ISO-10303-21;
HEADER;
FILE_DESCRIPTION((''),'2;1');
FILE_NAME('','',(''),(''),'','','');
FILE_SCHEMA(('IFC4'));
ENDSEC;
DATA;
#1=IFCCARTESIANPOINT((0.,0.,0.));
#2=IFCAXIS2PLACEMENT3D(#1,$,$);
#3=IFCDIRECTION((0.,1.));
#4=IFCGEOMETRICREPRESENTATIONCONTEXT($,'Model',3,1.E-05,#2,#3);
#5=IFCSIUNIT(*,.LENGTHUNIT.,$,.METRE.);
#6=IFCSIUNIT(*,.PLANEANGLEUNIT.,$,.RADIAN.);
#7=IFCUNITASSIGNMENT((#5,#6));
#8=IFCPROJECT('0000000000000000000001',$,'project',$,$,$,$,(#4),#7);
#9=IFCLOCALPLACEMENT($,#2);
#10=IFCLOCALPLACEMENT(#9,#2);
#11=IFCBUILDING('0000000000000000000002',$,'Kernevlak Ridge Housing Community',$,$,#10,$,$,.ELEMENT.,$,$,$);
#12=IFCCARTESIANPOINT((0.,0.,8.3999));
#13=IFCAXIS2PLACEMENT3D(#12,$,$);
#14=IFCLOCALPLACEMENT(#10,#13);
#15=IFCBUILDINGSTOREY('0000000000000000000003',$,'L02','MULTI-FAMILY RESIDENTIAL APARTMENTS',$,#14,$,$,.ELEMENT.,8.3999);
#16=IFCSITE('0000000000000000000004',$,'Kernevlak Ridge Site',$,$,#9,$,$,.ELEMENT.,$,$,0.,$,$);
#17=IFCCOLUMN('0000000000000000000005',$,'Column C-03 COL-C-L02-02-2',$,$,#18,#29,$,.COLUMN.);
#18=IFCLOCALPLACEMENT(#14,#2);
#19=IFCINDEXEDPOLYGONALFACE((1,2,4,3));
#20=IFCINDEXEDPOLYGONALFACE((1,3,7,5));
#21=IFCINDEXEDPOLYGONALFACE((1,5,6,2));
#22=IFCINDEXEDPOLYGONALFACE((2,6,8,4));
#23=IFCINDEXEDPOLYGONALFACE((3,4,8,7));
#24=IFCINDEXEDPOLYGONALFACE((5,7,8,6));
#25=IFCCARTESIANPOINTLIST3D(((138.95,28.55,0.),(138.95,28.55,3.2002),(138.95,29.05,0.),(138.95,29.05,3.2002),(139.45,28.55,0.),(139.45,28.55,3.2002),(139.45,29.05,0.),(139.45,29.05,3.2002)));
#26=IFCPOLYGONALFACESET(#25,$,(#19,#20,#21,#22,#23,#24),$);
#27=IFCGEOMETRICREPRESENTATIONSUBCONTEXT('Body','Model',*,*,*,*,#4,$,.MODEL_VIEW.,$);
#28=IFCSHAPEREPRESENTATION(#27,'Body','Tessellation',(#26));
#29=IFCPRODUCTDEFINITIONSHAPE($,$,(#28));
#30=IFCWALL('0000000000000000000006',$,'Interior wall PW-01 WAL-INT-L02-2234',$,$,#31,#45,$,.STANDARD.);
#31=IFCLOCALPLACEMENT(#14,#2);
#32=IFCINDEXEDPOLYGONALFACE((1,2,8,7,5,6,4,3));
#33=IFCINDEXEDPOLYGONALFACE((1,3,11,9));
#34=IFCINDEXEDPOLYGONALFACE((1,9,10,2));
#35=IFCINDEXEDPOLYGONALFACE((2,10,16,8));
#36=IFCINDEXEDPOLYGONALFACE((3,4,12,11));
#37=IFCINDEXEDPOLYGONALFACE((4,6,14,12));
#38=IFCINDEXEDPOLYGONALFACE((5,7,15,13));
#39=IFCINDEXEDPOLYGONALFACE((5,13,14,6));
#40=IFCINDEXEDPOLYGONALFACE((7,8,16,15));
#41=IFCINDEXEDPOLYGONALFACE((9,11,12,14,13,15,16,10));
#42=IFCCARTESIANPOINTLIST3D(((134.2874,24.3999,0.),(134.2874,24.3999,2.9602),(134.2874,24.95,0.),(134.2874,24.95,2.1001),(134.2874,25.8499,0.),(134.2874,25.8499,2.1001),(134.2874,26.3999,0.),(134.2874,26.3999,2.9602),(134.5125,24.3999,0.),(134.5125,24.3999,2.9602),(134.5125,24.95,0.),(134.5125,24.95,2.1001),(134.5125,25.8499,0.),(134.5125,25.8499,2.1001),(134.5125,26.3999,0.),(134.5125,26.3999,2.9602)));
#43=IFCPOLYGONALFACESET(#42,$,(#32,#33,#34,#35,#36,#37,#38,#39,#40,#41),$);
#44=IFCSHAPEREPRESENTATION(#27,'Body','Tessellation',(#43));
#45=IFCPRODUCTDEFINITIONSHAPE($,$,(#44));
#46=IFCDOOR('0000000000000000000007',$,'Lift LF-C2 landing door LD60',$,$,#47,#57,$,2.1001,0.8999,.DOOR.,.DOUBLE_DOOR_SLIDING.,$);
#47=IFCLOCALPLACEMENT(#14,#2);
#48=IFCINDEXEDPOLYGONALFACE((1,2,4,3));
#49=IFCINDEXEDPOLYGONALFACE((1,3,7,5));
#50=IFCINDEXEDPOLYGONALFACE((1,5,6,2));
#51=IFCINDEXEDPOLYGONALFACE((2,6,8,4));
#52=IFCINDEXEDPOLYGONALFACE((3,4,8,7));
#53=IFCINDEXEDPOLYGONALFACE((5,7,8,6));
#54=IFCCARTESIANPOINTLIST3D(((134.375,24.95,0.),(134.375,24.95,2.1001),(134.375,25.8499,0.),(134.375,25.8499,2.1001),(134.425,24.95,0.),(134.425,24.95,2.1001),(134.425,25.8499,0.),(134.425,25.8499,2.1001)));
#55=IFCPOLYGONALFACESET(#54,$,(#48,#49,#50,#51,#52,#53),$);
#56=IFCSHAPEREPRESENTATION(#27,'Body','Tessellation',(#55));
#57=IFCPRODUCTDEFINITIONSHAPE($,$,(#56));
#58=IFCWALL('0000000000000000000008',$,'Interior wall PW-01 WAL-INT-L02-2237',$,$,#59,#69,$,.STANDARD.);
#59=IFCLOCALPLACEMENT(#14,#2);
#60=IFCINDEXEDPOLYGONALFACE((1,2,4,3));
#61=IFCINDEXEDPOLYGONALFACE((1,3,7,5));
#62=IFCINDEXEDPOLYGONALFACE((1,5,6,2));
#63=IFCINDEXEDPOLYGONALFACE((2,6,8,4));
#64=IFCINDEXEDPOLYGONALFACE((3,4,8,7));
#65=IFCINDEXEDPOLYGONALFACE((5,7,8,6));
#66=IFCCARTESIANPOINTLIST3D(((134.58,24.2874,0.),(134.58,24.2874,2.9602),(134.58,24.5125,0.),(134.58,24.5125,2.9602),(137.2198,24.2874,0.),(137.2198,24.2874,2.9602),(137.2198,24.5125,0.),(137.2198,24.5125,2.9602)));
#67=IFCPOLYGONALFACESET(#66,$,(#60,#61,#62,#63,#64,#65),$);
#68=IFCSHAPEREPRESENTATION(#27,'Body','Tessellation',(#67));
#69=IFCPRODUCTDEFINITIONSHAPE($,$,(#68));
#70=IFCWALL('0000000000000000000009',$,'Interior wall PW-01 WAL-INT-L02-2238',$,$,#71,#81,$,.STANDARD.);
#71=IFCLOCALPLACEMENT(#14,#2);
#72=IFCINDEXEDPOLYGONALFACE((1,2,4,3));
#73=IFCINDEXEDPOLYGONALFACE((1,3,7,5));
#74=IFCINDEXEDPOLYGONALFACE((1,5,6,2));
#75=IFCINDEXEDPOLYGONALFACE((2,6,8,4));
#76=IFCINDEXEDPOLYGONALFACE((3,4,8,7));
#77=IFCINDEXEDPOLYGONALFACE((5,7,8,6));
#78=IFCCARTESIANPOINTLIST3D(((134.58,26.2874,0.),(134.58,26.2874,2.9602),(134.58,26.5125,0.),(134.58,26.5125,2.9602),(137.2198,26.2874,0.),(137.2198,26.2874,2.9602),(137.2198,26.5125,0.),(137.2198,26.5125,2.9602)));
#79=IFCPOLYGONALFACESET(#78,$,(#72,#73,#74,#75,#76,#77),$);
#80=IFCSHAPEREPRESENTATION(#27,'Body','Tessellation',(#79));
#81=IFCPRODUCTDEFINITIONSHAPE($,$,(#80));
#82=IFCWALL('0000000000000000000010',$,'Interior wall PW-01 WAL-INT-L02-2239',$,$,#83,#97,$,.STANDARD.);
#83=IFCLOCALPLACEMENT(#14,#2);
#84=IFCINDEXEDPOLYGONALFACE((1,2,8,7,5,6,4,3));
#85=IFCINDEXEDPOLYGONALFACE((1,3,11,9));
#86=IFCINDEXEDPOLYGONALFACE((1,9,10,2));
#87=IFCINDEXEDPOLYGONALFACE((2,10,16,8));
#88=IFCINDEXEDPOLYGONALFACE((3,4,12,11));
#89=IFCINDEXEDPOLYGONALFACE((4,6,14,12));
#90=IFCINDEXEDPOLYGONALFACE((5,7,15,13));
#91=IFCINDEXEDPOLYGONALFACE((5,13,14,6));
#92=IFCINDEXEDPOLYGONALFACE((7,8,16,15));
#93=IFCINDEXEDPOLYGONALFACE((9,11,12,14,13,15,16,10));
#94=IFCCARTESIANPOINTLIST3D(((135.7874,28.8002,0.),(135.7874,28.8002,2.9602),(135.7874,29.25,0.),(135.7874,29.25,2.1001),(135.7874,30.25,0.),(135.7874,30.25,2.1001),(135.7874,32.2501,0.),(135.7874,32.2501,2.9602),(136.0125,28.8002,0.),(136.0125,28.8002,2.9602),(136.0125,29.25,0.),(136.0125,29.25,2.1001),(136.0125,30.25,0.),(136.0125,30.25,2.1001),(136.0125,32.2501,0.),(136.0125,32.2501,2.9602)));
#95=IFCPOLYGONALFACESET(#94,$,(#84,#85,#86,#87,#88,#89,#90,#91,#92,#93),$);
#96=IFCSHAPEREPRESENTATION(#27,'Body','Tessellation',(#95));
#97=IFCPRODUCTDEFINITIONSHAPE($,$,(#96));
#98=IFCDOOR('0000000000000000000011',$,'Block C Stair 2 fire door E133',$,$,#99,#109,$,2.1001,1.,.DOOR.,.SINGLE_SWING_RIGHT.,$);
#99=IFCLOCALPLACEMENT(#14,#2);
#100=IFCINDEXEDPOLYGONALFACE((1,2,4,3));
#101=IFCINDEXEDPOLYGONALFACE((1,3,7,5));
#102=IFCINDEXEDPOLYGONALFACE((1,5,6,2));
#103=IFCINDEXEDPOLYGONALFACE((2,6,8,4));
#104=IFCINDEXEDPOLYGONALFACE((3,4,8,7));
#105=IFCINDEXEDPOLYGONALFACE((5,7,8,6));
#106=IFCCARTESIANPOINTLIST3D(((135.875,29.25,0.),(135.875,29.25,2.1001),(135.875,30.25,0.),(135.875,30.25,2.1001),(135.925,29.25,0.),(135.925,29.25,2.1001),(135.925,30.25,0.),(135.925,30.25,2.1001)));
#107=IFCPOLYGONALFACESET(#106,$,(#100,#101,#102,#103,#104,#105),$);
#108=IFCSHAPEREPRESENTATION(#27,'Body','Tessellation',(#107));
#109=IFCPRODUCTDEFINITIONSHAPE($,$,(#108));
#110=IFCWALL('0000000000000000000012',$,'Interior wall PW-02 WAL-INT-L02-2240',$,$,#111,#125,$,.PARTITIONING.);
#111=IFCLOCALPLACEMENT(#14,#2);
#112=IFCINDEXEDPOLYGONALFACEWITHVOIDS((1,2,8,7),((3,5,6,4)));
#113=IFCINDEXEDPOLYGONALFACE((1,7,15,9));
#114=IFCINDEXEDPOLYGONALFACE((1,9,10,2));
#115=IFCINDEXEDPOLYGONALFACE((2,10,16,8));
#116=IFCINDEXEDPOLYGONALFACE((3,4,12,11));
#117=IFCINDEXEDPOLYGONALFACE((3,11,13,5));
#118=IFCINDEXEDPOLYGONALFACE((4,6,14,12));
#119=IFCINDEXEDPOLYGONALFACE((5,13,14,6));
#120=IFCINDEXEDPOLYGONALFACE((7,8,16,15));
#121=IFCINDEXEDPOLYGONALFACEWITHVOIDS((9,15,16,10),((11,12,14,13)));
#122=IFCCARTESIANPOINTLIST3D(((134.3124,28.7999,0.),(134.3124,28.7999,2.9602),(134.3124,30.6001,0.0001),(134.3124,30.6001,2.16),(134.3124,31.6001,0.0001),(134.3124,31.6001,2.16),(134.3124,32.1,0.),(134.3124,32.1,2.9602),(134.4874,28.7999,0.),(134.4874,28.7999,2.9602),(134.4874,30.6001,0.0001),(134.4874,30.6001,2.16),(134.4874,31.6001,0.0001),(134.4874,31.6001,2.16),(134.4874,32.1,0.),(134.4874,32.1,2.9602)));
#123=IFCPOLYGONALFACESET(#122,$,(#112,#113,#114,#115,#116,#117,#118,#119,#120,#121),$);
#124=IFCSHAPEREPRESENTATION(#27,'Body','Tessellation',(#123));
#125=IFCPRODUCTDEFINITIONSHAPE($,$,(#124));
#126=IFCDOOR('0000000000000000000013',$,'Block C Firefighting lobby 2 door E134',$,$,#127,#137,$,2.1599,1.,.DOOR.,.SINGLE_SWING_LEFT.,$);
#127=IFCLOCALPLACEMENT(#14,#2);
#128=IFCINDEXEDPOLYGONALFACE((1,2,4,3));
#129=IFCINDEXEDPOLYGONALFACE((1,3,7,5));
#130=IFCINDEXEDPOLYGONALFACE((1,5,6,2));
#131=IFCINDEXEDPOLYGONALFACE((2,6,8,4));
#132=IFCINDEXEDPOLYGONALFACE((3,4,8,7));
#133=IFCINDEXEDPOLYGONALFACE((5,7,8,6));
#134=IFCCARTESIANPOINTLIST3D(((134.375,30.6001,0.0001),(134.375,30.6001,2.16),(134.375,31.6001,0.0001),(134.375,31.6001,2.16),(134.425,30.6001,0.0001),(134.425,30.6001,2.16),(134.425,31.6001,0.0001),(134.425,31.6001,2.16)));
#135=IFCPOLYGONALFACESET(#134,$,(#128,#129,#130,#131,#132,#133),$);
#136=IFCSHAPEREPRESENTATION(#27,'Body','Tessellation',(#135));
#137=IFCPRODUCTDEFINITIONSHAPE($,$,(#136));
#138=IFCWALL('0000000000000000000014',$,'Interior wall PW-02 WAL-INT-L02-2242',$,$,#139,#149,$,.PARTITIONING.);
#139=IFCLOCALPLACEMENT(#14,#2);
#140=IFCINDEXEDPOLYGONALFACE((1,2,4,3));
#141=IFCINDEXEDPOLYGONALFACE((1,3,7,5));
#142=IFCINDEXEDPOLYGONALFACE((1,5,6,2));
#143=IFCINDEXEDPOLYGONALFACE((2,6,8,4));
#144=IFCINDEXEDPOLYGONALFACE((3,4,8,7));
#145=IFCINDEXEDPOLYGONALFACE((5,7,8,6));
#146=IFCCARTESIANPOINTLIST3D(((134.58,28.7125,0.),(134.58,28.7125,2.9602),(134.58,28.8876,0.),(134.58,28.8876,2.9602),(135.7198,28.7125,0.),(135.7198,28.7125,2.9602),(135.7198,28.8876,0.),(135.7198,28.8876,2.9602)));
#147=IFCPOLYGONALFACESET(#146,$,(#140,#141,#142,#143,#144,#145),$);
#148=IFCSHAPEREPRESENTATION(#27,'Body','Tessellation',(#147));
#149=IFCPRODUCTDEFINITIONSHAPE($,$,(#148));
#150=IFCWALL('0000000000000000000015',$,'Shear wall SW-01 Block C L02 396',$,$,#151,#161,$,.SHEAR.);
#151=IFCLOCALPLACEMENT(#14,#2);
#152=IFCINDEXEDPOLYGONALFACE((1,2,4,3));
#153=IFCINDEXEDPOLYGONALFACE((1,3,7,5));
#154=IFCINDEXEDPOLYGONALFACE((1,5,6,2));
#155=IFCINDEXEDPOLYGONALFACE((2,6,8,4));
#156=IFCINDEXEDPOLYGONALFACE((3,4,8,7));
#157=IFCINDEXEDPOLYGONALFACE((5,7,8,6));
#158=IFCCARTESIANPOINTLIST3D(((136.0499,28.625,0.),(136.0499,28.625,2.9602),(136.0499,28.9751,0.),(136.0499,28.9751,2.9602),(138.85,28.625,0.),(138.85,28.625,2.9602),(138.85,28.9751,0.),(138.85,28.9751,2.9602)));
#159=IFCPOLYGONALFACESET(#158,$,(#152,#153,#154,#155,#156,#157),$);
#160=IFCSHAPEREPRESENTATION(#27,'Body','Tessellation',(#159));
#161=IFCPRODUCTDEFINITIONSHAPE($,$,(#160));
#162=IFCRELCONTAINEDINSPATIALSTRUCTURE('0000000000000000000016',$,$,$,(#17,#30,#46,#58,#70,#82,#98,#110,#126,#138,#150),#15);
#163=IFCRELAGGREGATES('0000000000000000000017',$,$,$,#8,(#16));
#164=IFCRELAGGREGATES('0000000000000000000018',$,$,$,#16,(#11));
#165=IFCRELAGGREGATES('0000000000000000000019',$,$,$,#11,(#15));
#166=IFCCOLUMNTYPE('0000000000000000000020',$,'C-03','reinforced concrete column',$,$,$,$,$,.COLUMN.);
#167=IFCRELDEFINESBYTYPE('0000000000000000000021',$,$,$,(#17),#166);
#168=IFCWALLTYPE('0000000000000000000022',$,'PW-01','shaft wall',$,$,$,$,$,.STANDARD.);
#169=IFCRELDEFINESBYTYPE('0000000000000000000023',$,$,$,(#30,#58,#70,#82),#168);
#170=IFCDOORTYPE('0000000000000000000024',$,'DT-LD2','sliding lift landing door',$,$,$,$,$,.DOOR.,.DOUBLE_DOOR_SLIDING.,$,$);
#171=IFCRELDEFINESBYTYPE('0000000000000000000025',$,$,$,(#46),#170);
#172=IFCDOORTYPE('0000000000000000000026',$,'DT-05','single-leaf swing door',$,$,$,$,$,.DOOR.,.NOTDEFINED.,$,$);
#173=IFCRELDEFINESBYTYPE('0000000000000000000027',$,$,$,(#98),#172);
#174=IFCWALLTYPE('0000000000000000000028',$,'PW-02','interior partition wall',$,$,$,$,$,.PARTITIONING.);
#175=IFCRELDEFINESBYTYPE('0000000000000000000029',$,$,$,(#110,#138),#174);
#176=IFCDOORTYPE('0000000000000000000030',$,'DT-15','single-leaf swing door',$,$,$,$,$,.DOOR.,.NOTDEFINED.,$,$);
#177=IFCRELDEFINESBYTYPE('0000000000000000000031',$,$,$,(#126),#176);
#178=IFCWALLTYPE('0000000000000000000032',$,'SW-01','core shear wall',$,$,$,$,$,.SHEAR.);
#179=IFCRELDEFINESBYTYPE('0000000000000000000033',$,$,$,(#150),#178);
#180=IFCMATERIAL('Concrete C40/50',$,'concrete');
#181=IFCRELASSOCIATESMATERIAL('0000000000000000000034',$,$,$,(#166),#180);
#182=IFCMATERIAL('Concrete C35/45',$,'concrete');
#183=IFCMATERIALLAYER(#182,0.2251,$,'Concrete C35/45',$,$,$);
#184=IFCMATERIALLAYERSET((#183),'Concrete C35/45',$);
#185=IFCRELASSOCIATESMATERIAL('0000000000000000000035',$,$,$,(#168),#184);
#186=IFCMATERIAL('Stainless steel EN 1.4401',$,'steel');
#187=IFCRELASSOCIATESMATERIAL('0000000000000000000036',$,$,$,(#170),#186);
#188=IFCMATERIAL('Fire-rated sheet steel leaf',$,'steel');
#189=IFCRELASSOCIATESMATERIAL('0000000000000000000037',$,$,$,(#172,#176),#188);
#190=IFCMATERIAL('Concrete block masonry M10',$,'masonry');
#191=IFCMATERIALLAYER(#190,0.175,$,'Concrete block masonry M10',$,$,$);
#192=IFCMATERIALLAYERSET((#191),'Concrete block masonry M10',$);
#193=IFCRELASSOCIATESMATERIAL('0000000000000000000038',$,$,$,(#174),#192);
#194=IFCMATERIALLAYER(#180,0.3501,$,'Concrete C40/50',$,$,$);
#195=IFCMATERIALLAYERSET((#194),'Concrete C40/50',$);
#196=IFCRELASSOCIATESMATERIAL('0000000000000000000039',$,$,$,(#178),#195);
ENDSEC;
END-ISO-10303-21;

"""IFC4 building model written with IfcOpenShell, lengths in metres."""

from ifc_helpers import new_model, si_unit, direction, frame, frame_2d, origin, origin_2d, place, context, subcontext, project, spatial, rectangle, extrude, material, layer, layer_set, material_profile, profile_set, type_object, element, fill, save


model = new_model("IFC4")

# Units and contexts
model_context = context("Model", 3, precision=1e-05, world=origin(), true_north=direction((0.0, 1.0)))
body_context = subcontext(model_context, "Body", "Model", "MODEL_VIEW")
ifc_project = project(units=[si_unit("LENGTHUNIT", "METRE"), si_unit("PLANEANGLEUNIT", "RADIAN")], contexts=[model_context])

# Site, building, storey
site_placement = place(None, origin())
site = spatial("IfcSite", under=ifc_project, at=site_placement, Name="Kernevlak Ridge Site", CompositionType="ELEMENT", RefElevation=0.0)
building_placement = place(site_placement, origin())
building = spatial("IfcBuilding", under=site, at=building_placement, Name="Kernevlak Ridge Housing Community", CompositionType="ELEMENT")
storey_placement = place(building_placement, frame((0.0, 0.0, 8.3999)))
storey = spatial("IfcBuildingStorey", under=building, at=storey_placement, Name="L02", Description="MULTI-FAMILY RESIDENTIAL APARTMENTS", CompositionType="ELEMENT", Elevation=8.3999)

# Column
ifc_material_1 = material(Name="Concrete C40/50", Category="concrete")
ifc_material_profile = material_profile(ifc_material_1, rectangle(XDim=0.5, YDim=0.5, at=origin_2d()), Name="RC 500x500")
ifc_profile_set = profile_set([ifc_material_profile], Name="Concrete C40/50")
column_type = type_object("IfcColumnType", Name="C-03", Description="reinforced concrete column", PredefinedType="COLUMN", material=ifc_profile_set)
column_placement = place(storey_placement, frame((139.2, 28.8, 0.0), z_axis=(0.0, 0.0, 1.0), x_axis=(1.0, 0.0, 0.0)))
element("IfcColumn", 1, at=column_placement, inside=storey, type_object=column_type, Name="Column C-03 COL-C-L02-02-2", PredefinedType="COLUMN", context=body_context, shape_type="SweptSolid", body=[
    extrude(rectangle(XDim=0.5, YDim=0.5, at=origin_2d()), origin(), (0.0, 0.0, 1.0), 3.2002),
])

# Wall, opening, door
ifc_material_2 = material(Name="Concrete C35/45", Category="concrete")
ifc_layer_1 = layer(ifc_material_2, 0.2251, Name="Concrete C35/45")
ifc_layer_set_1 = layer_set([ifc_layer_1], Name="Concrete C35/45")
wall_type_1 = type_object("IfcWallType", Name="PW-01", Description="shaft wall", PredefinedType="STANDARD", material=ifc_layer_set_1)
wall_1_placement = place(storey_placement, frame((134.3999, 24.3999, 0.0), z_axis=(0.0, 0.0, 1.0), x_axis=(0.0, 1.0, 0.0)))
wall_1 = element("IfcWall", 2, at=wall_1_placement, inside=storey, type_object=wall_type_1, Name="Interior wall PW-01 WAL-INT-L02-2234", PredefinedType="STANDARD", context=body_context, shape_type="SweptSolid", body=[
    extrude(rectangle(XDim=2.0, YDim=0.2251, at=frame_2d((1.0, 0.0))), origin(), (0.0, 0.0, 1.0), 2.9602),
])
opening_1_placement = place(wall_1_placement, frame((0.55, 0.0, 0.0)))
opening_1 = element("IfcOpeningElement", 3, at=opening_1_placement, cuts=wall_1, PredefinedType="OPENING", context=body_context, shape_type="SweptSolid", body=[
    extrude(rectangle(XDim=0.8999, YDim=2.1001, at=frame_2d((0.45, 1.05))), frame((0.0, 0.1226, 0.0), z_axis=(0.0, -1.0, 0.0), x_axis=(1.0, 0.0, 0.0)), (0.0, 0.0, 1.0), 0.2451),
])
ifc_material_3 = material(Name="Stainless steel EN 1.4401", Category="steel")
door_type_1 = type_object("IfcDoorType", Name="DT-LD2", Description="sliding lift landing door", OperationType="DOUBLE_DOOR_SLIDING", PredefinedType="DOOR", material=ifc_material_3)
door_1_placement = place(opening_1_placement, origin())
door_1 = element("IfcDoor", 4, at=door_1_placement, inside=storey, type_object=door_type_1, Name="Lift LF-C2 landing door LD60", OperationType="DOUBLE_DOOR_SLIDING", OverallHeight=2.1001, OverallWidth=0.8999, PredefinedType="DOOR", context=body_context, shape_type="SweptSolid", body=[
    extrude(rectangle(XDim=0.8999, YDim=2.1001, at=frame_2d((0.45, 1.05))), frame((0.0, 0.0249, 0.0), z_axis=(0.0, -1.0, 0.0), x_axis=(1.0, 0.0, 0.0)), (0.0, 0.0, 1.0), 0.05),
])
fill(opening_1, door_1)

# Walls
for number, where, z_axis, x_axis, name in (
    (5, (134.5801, 24.3999, 0.0), (0.0, 0.0, 1.0), (1.0, 0.0, 0.0), "Interior wall PW-01 WAL-INT-L02-2237"),
    (6, (134.5801, 26.3999, 0.0), (0.0, 0.0, 1.0), (1.0, 0.0, 0.0), "Interior wall PW-01 WAL-INT-L02-2238"),
):
    element("IfcWall", number, at=place(storey_placement, frame(where, z_axis=z_axis, x_axis=x_axis)), inside=storey, type_object=wall_type_1, Name=name, PredefinedType="STANDARD", context=body_context, shape_type="SweptSolid", body=[
        extrude(rectangle(XDim=2.6399, YDim=0.2251, at=frame_2d((1.3198, 0.0))), origin(), (0.0, 0.0, 1.0), 2.9602),
    ])

# Walls, openings, doors
wall_2_placement = place(storey_placement, frame((135.8999, 28.8, 0.0), z_axis=(0.0, 0.0, 1.0), x_axis=(0.0, 1.0, 0.0)))
wall_2 = element("IfcWall", 7, at=wall_2_placement, inside=storey, type_object=wall_type_1, Name="Interior wall PW-01 WAL-INT-L02-2239", PredefinedType="STANDARD", context=body_context, shape_type="SweptSolid", body=[
    extrude(rectangle(XDim=3.45, YDim=0.2251, at=frame_2d((1.7251, 0.0))), origin(), (0.0, 0.0, 1.0), 2.9602),
])
opening_2_placement = place(wall_2_placement, frame((0.45, 0.0, 0.0)))
opening_2 = element("IfcOpeningElement", 8, at=opening_2_placement, cuts=wall_2, PredefinedType="OPENING", context=body_context, shape_type="SweptSolid", body=[
    extrude(rectangle(XDim=1.0, YDim=2.1001, at=frame_2d((0.5, 1.05))), frame((0.0, 0.1226, 0.0), z_axis=(0.0, -1.0, 0.0), x_axis=(1.0, 0.0, 0.0)), (0.0, 0.0, 1.0), 0.2451),
])
ifc_material_4 = material(Name="Fire-rated sheet steel leaf", Category="steel")
door_type_2 = type_object("IfcDoorType", Name="DT-05", Description="single-leaf swing door", OperationType="NOTDEFINED", PredefinedType="DOOR", material=ifc_material_4)
door_2_placement = place(opening_2_placement, origin())
door_2 = element("IfcDoor", 9, at=door_2_placement, inside=storey, type_object=door_type_2, Name="Block C Stair 2 fire door E133", OperationType="SINGLE_SWING_RIGHT", OverallHeight=2.1001, OverallWidth=1.0, PredefinedType="DOOR", context=body_context, shape_type="SweptSolid", body=[
    extrude(rectangle(XDim=1.0, YDim=2.1001, at=frame_2d((0.5, 1.05))), frame((0.0, 0.0249, 0.0), z_axis=(0.0, -1.0, 0.0), x_axis=(1.0, 0.0, 0.0)), (0.0, 0.0, 1.0), 0.05),
])
fill(opening_2, door_2)
ifc_material_5 = material(Name="Concrete block masonry M10", Category="masonry")
ifc_layer_2 = layer(ifc_material_5, 0.175, Name="Concrete block masonry M10")
ifc_layer_set_2 = layer_set([ifc_layer_2], Name="Concrete block masonry M10")
wall_type_2 = type_object("IfcWallType", Name="PW-02", Description="interior partition wall", PredefinedType="PARTITIONING", material=ifc_layer_set_2)
wall_3_placement = place(storey_placement, frame((134.3999, 28.8, 0.0), z_axis=(0.0, 0.0, 1.0), x_axis=(0.0, 1.0, 0.0)))
wall_3 = element("IfcWall", 10, at=wall_3_placement, inside=storey, type_object=wall_type_2, Name="Interior wall PW-02 WAL-INT-L02-2240", PredefinedType="PARTITIONING", context=body_context, shape_type="SweptSolid", body=[
    extrude(rectangle(XDim=3.3, YDim=0.175, at=frame_2d((1.6499, 0.0))), origin(), (0.0, 0.0, 1.0), 2.9602),
])
opening_3_placement = place(wall_3_placement, frame((1.8, 0.0, 0.0)))
opening_3 = element("IfcOpeningElement", 11, at=opening_3_placement, cuts=wall_3, PredefinedType="OPENING", context=body_context, shape_type="SweptSolid", body=[
    extrude(rectangle(XDim=1.0, YDim=2.1599, at=frame_2d((0.5, 1.0801))), frame((0.0, 0.0974, 0.0), z_axis=(0.0, -1.0, 0.0), x_axis=(1.0, 0.0, 0.0)), (0.0, 0.0, 1.0), 0.1951),
])
door_type_3 = type_object("IfcDoorType", Name="DT-15", Description="single-leaf swing door", OperationType="NOTDEFINED", PredefinedType="DOOR", material=ifc_material_4)
door_3_placement = place(opening_3_placement, origin())
door_3 = element("IfcDoor", 12, at=door_3_placement, inside=storey, type_object=door_type_3, Name="Block C Firefighting lobby 2 door E134", OperationType="SINGLE_SWING_LEFT", OverallHeight=2.1599, OverallWidth=1.0, PredefinedType="DOOR", context=body_context, shape_type="SweptSolid", body=[
    extrude(rectangle(XDim=1.0, YDim=2.1599, at=frame_2d((0.5, 1.0801))), frame((0.0, 0.0249, 0.0), z_axis=(0.0, -1.0, 0.0), x_axis=(1.0, 0.0, 0.0)), (0.0, 0.0, 1.0), 0.05),
])
fill(opening_3, door_3)

# Walls
wall_4_placement = place(storey_placement, frame((134.5801, 28.8, 0.0), z_axis=(0.0, 0.0, 1.0), x_axis=(1.0, 0.0, 0.0)))
element("IfcWall", 13, at=wall_4_placement, inside=storey, type_object=wall_type_2, Name="Interior wall PW-02 WAL-INT-L02-2242", PredefinedType="PARTITIONING", context=body_context, shape_type="SweptSolid", body=[
    extrude(rectangle(XDim=1.1399, YDim=0.175, at=frame_2d((0.5698, 0.0))), origin(), (0.0, 0.0, 1.0), 2.9602),
])
ifc_layer_3 = layer(ifc_material_1, 0.3501, Name="Concrete C40/50")
ifc_layer_set_3 = layer_set([ifc_layer_3], Name="Concrete C40/50")
wall_type_3 = type_object("IfcWallType", Name="SW-01", Description="core shear wall", PredefinedType="SHEAR", material=ifc_layer_set_3)
wall_5_placement = place(storey_placement, frame((136.05, 28.8, 0.0), z_axis=(0.0, 0.0, 1.0), x_axis=(1.0, 0.0, 0.0)))
element("IfcWall", 14, at=wall_5_placement, inside=storey, type_object=wall_type_3, Name="Shear wall SW-01 Block C L02 396", PredefinedType="SHEAR", context=body_context, shape_type="SweptSolid", body=[
    extrude(rectangle(XDim=2.8, YDim=0.3501, at=frame_2d((1.3999, 0.0))), origin(), (0.0, 0.0, 1.0), 2.9602),
])

save(model, "model.ifc")
